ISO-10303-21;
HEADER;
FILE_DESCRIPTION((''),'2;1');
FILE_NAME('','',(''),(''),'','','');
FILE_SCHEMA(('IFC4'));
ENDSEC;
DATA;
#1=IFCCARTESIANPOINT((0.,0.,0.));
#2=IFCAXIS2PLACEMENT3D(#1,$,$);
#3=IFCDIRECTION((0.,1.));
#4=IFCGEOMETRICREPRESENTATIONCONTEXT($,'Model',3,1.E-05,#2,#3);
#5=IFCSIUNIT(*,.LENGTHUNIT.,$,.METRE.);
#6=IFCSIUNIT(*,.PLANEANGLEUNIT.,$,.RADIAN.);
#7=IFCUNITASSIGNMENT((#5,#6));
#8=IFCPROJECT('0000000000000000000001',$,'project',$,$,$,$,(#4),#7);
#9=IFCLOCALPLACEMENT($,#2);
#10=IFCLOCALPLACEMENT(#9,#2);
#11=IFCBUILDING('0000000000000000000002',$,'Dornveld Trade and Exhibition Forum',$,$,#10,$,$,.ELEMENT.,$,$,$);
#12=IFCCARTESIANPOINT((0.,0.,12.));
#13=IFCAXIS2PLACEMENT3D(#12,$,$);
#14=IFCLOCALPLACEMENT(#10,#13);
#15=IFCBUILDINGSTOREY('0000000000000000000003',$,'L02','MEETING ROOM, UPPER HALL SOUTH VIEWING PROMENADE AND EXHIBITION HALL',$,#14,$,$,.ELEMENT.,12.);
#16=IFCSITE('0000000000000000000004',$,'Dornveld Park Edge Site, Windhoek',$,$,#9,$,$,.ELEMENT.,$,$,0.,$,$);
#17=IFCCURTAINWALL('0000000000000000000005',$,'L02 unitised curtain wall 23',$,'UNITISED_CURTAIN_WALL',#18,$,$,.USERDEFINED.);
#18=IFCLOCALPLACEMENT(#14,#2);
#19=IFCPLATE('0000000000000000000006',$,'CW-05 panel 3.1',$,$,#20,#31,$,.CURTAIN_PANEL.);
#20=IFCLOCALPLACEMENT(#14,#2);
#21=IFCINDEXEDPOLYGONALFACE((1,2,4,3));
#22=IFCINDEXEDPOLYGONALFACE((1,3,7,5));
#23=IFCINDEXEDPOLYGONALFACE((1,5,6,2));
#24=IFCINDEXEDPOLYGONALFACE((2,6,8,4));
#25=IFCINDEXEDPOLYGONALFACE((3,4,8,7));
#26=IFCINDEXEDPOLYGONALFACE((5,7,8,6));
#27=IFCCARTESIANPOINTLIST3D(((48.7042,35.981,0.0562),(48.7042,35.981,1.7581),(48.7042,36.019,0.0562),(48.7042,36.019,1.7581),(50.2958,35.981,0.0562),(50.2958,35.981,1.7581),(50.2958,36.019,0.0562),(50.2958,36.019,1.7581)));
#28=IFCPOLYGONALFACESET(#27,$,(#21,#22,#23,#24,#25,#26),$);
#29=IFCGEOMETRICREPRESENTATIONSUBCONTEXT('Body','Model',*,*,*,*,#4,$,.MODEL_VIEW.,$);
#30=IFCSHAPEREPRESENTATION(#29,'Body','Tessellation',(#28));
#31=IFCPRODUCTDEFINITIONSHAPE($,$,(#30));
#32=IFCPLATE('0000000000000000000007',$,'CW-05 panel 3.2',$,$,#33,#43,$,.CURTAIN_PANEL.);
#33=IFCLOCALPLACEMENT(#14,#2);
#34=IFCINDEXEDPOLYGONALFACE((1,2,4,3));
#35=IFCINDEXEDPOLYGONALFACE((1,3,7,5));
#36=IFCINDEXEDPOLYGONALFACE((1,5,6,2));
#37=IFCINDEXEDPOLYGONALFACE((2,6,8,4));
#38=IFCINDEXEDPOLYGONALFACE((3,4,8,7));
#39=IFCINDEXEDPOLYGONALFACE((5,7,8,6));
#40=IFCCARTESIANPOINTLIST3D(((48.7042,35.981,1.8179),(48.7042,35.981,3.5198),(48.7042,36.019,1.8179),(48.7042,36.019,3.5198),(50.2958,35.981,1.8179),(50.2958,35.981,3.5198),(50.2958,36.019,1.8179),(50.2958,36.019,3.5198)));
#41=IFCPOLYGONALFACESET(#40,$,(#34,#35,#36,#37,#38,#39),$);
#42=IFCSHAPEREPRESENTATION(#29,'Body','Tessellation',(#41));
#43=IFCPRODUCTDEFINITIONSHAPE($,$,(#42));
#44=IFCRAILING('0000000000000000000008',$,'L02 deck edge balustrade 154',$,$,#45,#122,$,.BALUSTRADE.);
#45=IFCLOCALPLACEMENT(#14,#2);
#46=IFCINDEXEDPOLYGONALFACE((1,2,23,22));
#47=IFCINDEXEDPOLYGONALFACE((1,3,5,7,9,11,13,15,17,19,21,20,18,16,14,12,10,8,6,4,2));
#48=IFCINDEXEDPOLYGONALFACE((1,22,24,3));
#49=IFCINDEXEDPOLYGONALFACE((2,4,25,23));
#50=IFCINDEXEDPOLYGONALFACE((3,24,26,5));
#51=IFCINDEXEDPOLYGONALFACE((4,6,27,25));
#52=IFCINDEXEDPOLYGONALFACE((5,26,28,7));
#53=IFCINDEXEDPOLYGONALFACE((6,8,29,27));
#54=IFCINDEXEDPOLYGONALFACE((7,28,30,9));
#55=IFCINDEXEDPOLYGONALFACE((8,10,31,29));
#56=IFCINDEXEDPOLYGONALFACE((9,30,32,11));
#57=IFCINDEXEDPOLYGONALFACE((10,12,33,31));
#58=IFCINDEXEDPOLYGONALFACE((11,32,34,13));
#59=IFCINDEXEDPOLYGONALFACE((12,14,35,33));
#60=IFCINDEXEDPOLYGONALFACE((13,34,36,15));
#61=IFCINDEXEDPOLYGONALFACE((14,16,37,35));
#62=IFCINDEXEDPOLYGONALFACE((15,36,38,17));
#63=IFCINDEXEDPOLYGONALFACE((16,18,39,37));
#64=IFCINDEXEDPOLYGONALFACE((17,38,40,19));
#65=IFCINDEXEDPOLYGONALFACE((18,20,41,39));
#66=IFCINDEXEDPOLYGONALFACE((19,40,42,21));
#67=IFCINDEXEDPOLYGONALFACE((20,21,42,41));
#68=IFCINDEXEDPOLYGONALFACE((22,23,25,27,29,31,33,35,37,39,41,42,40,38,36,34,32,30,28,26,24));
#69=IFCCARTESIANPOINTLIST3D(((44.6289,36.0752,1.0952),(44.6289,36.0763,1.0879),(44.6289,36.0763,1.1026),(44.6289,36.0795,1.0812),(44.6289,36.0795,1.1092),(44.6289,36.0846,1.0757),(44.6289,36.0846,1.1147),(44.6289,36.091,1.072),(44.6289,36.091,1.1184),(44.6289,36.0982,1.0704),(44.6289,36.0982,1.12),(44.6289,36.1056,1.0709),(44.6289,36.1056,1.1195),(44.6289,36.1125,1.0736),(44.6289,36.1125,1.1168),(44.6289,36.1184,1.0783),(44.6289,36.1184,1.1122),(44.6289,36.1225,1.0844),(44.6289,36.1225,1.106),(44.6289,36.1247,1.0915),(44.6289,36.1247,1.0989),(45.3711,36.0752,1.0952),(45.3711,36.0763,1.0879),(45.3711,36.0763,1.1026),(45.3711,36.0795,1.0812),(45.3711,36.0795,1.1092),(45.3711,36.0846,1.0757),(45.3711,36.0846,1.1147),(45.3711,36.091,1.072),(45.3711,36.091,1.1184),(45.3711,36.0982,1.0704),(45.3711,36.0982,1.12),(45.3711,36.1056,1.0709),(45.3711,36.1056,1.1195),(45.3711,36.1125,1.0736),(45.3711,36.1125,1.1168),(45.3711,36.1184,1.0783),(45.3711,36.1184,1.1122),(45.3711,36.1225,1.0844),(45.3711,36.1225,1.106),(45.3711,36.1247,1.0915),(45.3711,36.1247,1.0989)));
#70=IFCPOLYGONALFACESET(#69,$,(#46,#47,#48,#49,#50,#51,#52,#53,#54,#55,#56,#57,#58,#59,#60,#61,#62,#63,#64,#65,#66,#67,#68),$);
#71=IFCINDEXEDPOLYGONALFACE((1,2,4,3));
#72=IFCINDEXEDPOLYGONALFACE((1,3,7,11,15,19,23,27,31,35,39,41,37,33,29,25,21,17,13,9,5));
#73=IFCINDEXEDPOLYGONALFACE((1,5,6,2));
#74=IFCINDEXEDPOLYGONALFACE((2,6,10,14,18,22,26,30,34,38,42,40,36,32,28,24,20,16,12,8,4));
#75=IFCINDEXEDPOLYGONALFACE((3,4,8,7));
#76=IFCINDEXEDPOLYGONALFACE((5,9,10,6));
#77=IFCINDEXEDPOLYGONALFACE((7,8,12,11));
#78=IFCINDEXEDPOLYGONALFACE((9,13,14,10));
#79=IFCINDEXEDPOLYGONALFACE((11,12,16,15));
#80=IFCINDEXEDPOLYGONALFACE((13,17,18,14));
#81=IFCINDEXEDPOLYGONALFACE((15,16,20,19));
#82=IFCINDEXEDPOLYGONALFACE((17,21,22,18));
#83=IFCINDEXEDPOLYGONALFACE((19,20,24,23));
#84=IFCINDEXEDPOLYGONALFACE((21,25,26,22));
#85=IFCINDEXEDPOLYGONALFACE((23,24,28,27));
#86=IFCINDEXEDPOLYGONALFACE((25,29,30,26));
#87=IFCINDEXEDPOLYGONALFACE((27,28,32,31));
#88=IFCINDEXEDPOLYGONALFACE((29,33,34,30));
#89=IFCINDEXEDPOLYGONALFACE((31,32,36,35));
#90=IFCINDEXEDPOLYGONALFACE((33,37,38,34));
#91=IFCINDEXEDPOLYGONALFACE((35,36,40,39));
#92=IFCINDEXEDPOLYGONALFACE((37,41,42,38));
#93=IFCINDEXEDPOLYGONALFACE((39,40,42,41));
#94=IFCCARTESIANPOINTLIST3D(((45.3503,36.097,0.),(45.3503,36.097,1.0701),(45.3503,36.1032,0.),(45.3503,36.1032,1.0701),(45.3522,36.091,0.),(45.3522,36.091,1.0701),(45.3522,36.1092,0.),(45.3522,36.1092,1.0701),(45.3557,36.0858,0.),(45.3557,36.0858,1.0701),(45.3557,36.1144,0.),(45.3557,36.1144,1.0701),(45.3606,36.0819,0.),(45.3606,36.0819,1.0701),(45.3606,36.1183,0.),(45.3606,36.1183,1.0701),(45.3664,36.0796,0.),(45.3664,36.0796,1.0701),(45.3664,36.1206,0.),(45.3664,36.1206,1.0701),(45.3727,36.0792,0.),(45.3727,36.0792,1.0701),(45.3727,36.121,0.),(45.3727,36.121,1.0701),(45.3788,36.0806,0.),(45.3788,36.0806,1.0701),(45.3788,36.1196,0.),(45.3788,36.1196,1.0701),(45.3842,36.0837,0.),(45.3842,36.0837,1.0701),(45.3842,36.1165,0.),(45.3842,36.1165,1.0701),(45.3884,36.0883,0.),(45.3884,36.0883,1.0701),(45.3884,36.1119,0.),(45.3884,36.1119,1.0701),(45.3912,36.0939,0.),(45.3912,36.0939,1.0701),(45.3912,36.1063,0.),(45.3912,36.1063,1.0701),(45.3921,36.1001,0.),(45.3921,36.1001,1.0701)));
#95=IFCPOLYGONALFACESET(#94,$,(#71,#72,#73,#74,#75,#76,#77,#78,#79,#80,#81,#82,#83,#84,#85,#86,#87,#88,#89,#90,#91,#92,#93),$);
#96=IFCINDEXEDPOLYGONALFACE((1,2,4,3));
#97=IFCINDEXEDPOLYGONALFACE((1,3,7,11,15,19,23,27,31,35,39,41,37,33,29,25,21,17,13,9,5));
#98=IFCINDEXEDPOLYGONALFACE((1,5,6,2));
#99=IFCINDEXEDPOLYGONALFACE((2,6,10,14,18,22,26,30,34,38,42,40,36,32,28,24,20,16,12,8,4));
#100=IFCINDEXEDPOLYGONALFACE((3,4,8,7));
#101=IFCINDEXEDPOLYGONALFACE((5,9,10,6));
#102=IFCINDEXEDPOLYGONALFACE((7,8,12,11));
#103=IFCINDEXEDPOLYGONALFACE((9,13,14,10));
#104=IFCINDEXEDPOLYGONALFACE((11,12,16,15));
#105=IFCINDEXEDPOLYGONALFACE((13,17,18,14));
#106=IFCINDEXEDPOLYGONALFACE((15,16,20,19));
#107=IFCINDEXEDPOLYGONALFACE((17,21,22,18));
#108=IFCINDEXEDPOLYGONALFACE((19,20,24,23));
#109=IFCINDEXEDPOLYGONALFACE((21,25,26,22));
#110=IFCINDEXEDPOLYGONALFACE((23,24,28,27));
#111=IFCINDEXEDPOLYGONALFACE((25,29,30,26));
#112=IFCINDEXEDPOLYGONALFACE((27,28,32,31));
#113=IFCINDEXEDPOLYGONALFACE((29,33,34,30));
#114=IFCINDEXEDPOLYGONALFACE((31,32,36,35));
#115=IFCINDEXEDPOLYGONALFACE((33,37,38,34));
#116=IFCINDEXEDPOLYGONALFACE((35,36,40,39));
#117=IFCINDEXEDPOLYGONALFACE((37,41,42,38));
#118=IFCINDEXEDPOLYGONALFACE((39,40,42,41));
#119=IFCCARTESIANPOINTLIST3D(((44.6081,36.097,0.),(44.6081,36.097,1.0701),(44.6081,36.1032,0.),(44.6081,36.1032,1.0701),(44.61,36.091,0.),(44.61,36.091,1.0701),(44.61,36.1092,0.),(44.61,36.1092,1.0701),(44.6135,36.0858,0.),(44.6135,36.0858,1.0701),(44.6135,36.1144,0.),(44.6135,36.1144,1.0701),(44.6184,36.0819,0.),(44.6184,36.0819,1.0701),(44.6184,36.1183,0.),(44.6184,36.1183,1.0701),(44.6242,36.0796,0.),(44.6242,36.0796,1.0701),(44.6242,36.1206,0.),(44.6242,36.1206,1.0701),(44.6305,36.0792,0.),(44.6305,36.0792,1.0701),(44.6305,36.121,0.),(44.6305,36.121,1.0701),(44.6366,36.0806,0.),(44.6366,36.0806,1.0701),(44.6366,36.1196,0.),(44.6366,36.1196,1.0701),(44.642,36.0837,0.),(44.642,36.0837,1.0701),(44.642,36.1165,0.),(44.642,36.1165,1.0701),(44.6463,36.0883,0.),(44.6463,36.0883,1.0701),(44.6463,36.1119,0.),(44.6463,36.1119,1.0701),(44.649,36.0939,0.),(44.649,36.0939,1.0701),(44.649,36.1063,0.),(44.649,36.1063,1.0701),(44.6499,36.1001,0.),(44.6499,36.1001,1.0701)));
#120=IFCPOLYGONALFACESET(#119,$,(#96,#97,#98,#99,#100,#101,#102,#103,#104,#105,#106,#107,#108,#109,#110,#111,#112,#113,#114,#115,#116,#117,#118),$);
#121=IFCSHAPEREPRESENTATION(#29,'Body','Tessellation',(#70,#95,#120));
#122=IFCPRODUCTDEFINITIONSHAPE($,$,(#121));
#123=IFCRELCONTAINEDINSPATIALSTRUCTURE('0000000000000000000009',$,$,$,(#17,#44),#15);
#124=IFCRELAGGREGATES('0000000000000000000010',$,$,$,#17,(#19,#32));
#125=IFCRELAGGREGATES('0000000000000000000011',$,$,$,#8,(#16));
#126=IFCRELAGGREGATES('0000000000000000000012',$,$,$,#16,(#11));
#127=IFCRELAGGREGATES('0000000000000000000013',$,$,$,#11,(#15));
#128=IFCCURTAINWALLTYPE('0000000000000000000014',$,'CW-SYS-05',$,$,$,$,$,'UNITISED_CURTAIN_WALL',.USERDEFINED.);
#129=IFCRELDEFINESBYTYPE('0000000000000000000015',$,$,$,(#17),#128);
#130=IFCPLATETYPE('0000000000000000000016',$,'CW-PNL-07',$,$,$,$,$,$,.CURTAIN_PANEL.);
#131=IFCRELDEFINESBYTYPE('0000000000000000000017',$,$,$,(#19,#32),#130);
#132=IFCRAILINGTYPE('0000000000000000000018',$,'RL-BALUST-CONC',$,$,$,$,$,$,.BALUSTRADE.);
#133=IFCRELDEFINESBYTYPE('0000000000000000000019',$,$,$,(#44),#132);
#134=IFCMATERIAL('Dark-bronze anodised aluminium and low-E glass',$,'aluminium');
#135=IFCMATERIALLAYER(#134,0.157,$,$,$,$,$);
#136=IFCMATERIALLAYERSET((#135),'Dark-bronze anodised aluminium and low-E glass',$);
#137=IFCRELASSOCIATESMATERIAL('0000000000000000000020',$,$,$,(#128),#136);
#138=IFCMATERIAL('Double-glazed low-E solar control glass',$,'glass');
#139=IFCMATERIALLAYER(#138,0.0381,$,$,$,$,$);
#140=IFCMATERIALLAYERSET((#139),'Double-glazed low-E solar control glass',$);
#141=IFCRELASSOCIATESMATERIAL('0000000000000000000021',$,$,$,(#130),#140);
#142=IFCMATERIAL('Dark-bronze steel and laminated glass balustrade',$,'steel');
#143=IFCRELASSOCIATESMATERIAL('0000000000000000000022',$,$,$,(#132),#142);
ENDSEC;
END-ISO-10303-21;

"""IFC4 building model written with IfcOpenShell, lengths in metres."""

from ifc_helpers import new_model, si_unit, direction, frame, origin, origin_2d, place, context, subcontext, project, spatial, rectangle, circle, extrude, material, layer, layer_set, type_object, element, aggregate, save


model = new_model("IFC4")

# Units and contexts
model_context = context("Model", 3, precision=1e-05, world=origin(), true_north=direction((0.0, 1.0)))
body_context = subcontext(model_context, "Body", "Model", "MODEL_VIEW")
ifc_project = project(units=[si_unit("LENGTHUNIT", "METRE"), si_unit("PLANEANGLEUNIT", "RADIAN")], contexts=[model_context])

# Site, building, storey
site_placement = place(None, origin())
site = spatial("IfcSite", under=ifc_project, at=site_placement, Name="Dornveld Park Edge Site, Windhoek", CompositionType="ELEMENT", RefElevation=0.0)
building_placement = place(site_placement, origin())
building = spatial("IfcBuilding", under=site, at=building_placement, Name="Dornveld Trade and Exhibition Forum", CompositionType="ELEMENT")
storey_placement = place(building_placement, frame((0.0, 0.0, 12.0)))
storey = spatial("IfcBuildingStorey", under=building, at=storey_placement, Name="L02", Description="MEETING ROOM, UPPER HALL SOUTH VIEWING PROMENADE AND EXHIBITION HALL", CompositionType="ELEMENT", Elevation=12.0)

# Curtain wall
ifc_material_1 = material(Name="Dark-bronze anodised aluminium and low-E glass", Category="aluminium")
ifc_layer_1 = layer(ifc_material_1, 0.157)
ifc_layer_set_1 = layer_set([ifc_layer_1], Name="Dark-bronze anodised aluminium and low-E glass")
curtain_wall_type_1 = type_object("IfcCurtainWallType", Name="CW-SYS-05", ElementType="UNITISED_CURTAIN_WALL", PredefinedType="USERDEFINED", material=ifc_layer_set_1)
curtain_wall_1_placement = place(storey_placement, origin())
curtain_wall_1 = element("IfcCurtainWall", 1, at=curtain_wall_1_placement, inside=storey, type_object=curtain_wall_type_1, Name="L02 unitised curtain wall 23", ObjectType="UNITISED_CURTAIN_WALL", PredefinedType="USERDEFINED")

# Plates
ifc_material_2 = material(Name="Double-glazed low-E solar control glass", Category="glass")
ifc_layer_2 = layer(ifc_material_2, 0.0381)
ifc_layer_set_2 = layer_set([ifc_layer_2], Name="Double-glazed low-E solar control glass")
plate_type_1 = type_object("IfcPlateType", Name="CW-PNL-07", PredefinedType="CURTAIN_PANEL", material=ifc_layer_set_2)
plate_1_placement = place(storey_placement, frame((49.5, 36.0, 0.0562), z_axis=(0.0, 0.0, 1.0), x_axis=(1.0, 0.0, 0.0)))
plate_1 = element("IfcPlate", 2, at=plate_1_placement, type_object=plate_type_1, Name="CW-05 panel 3.1", PredefinedType="CURTAIN_PANEL", context=body_context, shape_type="SweptSolid", body=[
    extrude(rectangle(XDim=1.5916, YDim=0.0381, at=origin_2d()), origin(), (0.0, 0.0, 1.0), 1.7019),
])
plate_2_placement = place(storey_placement, frame((49.5, 36.0, 1.8179), z_axis=(0.0, 0.0, 1.0), x_axis=(1.0, 0.0, 0.0)))
plate_2 = element("IfcPlate", 3, at=plate_2_placement, type_object=plate_type_1, Name="CW-05 panel 3.2", PredefinedType="CURTAIN_PANEL", context=body_context, shape_type="SweptSolid", body=[
    extrude(rectangle(XDim=1.5916, YDim=0.0381, at=origin_2d()), origin(), (0.0, 0.0, 1.0), 1.7019),
])
aggregate(curtain_wall_1, [plate_1, plate_2])

# Railing
ifc_material_3 = material(Name="Dark-bronze steel and laminated glass balustrade", Category="steel")
railing_type = type_object("IfcRailingType", Name="RL-BALUST-CONC", PredefinedType="BALUSTRADE", material=ifc_material_3)
railing_placement = place(storey_placement, frame((45.3711, 36.1001, 0.0)))
element("IfcRailing", 4, at=railing_placement, inside=storey, type_object=railing_type, Name="L02 deck edge balustrade 154", PredefinedType="BALUSTRADE", context=body_context, shape_type="SweptSolid", body=[
    extrude(circle(Radius=0.0249, at=origin_2d()), frame((0.0, 0.0, 1.0952), z_axis=(-1.0, 0.0, 0.0), x_axis=(0.0, -1.0, 0.0)), (0.0, 0.0, 1.0), 0.7422),
    extrude(circle(Radius=0.021, at=origin_2d()), origin(), (0.0, 0.0, 1.0), 1.0701),
    extrude(circle(Radius=0.021, at=origin_2d()), frame((-0.7422, 0.0, 0.0)), (0.0, 0.0, 1.0), 1.0701),
])

save(model, "model.ifc")
